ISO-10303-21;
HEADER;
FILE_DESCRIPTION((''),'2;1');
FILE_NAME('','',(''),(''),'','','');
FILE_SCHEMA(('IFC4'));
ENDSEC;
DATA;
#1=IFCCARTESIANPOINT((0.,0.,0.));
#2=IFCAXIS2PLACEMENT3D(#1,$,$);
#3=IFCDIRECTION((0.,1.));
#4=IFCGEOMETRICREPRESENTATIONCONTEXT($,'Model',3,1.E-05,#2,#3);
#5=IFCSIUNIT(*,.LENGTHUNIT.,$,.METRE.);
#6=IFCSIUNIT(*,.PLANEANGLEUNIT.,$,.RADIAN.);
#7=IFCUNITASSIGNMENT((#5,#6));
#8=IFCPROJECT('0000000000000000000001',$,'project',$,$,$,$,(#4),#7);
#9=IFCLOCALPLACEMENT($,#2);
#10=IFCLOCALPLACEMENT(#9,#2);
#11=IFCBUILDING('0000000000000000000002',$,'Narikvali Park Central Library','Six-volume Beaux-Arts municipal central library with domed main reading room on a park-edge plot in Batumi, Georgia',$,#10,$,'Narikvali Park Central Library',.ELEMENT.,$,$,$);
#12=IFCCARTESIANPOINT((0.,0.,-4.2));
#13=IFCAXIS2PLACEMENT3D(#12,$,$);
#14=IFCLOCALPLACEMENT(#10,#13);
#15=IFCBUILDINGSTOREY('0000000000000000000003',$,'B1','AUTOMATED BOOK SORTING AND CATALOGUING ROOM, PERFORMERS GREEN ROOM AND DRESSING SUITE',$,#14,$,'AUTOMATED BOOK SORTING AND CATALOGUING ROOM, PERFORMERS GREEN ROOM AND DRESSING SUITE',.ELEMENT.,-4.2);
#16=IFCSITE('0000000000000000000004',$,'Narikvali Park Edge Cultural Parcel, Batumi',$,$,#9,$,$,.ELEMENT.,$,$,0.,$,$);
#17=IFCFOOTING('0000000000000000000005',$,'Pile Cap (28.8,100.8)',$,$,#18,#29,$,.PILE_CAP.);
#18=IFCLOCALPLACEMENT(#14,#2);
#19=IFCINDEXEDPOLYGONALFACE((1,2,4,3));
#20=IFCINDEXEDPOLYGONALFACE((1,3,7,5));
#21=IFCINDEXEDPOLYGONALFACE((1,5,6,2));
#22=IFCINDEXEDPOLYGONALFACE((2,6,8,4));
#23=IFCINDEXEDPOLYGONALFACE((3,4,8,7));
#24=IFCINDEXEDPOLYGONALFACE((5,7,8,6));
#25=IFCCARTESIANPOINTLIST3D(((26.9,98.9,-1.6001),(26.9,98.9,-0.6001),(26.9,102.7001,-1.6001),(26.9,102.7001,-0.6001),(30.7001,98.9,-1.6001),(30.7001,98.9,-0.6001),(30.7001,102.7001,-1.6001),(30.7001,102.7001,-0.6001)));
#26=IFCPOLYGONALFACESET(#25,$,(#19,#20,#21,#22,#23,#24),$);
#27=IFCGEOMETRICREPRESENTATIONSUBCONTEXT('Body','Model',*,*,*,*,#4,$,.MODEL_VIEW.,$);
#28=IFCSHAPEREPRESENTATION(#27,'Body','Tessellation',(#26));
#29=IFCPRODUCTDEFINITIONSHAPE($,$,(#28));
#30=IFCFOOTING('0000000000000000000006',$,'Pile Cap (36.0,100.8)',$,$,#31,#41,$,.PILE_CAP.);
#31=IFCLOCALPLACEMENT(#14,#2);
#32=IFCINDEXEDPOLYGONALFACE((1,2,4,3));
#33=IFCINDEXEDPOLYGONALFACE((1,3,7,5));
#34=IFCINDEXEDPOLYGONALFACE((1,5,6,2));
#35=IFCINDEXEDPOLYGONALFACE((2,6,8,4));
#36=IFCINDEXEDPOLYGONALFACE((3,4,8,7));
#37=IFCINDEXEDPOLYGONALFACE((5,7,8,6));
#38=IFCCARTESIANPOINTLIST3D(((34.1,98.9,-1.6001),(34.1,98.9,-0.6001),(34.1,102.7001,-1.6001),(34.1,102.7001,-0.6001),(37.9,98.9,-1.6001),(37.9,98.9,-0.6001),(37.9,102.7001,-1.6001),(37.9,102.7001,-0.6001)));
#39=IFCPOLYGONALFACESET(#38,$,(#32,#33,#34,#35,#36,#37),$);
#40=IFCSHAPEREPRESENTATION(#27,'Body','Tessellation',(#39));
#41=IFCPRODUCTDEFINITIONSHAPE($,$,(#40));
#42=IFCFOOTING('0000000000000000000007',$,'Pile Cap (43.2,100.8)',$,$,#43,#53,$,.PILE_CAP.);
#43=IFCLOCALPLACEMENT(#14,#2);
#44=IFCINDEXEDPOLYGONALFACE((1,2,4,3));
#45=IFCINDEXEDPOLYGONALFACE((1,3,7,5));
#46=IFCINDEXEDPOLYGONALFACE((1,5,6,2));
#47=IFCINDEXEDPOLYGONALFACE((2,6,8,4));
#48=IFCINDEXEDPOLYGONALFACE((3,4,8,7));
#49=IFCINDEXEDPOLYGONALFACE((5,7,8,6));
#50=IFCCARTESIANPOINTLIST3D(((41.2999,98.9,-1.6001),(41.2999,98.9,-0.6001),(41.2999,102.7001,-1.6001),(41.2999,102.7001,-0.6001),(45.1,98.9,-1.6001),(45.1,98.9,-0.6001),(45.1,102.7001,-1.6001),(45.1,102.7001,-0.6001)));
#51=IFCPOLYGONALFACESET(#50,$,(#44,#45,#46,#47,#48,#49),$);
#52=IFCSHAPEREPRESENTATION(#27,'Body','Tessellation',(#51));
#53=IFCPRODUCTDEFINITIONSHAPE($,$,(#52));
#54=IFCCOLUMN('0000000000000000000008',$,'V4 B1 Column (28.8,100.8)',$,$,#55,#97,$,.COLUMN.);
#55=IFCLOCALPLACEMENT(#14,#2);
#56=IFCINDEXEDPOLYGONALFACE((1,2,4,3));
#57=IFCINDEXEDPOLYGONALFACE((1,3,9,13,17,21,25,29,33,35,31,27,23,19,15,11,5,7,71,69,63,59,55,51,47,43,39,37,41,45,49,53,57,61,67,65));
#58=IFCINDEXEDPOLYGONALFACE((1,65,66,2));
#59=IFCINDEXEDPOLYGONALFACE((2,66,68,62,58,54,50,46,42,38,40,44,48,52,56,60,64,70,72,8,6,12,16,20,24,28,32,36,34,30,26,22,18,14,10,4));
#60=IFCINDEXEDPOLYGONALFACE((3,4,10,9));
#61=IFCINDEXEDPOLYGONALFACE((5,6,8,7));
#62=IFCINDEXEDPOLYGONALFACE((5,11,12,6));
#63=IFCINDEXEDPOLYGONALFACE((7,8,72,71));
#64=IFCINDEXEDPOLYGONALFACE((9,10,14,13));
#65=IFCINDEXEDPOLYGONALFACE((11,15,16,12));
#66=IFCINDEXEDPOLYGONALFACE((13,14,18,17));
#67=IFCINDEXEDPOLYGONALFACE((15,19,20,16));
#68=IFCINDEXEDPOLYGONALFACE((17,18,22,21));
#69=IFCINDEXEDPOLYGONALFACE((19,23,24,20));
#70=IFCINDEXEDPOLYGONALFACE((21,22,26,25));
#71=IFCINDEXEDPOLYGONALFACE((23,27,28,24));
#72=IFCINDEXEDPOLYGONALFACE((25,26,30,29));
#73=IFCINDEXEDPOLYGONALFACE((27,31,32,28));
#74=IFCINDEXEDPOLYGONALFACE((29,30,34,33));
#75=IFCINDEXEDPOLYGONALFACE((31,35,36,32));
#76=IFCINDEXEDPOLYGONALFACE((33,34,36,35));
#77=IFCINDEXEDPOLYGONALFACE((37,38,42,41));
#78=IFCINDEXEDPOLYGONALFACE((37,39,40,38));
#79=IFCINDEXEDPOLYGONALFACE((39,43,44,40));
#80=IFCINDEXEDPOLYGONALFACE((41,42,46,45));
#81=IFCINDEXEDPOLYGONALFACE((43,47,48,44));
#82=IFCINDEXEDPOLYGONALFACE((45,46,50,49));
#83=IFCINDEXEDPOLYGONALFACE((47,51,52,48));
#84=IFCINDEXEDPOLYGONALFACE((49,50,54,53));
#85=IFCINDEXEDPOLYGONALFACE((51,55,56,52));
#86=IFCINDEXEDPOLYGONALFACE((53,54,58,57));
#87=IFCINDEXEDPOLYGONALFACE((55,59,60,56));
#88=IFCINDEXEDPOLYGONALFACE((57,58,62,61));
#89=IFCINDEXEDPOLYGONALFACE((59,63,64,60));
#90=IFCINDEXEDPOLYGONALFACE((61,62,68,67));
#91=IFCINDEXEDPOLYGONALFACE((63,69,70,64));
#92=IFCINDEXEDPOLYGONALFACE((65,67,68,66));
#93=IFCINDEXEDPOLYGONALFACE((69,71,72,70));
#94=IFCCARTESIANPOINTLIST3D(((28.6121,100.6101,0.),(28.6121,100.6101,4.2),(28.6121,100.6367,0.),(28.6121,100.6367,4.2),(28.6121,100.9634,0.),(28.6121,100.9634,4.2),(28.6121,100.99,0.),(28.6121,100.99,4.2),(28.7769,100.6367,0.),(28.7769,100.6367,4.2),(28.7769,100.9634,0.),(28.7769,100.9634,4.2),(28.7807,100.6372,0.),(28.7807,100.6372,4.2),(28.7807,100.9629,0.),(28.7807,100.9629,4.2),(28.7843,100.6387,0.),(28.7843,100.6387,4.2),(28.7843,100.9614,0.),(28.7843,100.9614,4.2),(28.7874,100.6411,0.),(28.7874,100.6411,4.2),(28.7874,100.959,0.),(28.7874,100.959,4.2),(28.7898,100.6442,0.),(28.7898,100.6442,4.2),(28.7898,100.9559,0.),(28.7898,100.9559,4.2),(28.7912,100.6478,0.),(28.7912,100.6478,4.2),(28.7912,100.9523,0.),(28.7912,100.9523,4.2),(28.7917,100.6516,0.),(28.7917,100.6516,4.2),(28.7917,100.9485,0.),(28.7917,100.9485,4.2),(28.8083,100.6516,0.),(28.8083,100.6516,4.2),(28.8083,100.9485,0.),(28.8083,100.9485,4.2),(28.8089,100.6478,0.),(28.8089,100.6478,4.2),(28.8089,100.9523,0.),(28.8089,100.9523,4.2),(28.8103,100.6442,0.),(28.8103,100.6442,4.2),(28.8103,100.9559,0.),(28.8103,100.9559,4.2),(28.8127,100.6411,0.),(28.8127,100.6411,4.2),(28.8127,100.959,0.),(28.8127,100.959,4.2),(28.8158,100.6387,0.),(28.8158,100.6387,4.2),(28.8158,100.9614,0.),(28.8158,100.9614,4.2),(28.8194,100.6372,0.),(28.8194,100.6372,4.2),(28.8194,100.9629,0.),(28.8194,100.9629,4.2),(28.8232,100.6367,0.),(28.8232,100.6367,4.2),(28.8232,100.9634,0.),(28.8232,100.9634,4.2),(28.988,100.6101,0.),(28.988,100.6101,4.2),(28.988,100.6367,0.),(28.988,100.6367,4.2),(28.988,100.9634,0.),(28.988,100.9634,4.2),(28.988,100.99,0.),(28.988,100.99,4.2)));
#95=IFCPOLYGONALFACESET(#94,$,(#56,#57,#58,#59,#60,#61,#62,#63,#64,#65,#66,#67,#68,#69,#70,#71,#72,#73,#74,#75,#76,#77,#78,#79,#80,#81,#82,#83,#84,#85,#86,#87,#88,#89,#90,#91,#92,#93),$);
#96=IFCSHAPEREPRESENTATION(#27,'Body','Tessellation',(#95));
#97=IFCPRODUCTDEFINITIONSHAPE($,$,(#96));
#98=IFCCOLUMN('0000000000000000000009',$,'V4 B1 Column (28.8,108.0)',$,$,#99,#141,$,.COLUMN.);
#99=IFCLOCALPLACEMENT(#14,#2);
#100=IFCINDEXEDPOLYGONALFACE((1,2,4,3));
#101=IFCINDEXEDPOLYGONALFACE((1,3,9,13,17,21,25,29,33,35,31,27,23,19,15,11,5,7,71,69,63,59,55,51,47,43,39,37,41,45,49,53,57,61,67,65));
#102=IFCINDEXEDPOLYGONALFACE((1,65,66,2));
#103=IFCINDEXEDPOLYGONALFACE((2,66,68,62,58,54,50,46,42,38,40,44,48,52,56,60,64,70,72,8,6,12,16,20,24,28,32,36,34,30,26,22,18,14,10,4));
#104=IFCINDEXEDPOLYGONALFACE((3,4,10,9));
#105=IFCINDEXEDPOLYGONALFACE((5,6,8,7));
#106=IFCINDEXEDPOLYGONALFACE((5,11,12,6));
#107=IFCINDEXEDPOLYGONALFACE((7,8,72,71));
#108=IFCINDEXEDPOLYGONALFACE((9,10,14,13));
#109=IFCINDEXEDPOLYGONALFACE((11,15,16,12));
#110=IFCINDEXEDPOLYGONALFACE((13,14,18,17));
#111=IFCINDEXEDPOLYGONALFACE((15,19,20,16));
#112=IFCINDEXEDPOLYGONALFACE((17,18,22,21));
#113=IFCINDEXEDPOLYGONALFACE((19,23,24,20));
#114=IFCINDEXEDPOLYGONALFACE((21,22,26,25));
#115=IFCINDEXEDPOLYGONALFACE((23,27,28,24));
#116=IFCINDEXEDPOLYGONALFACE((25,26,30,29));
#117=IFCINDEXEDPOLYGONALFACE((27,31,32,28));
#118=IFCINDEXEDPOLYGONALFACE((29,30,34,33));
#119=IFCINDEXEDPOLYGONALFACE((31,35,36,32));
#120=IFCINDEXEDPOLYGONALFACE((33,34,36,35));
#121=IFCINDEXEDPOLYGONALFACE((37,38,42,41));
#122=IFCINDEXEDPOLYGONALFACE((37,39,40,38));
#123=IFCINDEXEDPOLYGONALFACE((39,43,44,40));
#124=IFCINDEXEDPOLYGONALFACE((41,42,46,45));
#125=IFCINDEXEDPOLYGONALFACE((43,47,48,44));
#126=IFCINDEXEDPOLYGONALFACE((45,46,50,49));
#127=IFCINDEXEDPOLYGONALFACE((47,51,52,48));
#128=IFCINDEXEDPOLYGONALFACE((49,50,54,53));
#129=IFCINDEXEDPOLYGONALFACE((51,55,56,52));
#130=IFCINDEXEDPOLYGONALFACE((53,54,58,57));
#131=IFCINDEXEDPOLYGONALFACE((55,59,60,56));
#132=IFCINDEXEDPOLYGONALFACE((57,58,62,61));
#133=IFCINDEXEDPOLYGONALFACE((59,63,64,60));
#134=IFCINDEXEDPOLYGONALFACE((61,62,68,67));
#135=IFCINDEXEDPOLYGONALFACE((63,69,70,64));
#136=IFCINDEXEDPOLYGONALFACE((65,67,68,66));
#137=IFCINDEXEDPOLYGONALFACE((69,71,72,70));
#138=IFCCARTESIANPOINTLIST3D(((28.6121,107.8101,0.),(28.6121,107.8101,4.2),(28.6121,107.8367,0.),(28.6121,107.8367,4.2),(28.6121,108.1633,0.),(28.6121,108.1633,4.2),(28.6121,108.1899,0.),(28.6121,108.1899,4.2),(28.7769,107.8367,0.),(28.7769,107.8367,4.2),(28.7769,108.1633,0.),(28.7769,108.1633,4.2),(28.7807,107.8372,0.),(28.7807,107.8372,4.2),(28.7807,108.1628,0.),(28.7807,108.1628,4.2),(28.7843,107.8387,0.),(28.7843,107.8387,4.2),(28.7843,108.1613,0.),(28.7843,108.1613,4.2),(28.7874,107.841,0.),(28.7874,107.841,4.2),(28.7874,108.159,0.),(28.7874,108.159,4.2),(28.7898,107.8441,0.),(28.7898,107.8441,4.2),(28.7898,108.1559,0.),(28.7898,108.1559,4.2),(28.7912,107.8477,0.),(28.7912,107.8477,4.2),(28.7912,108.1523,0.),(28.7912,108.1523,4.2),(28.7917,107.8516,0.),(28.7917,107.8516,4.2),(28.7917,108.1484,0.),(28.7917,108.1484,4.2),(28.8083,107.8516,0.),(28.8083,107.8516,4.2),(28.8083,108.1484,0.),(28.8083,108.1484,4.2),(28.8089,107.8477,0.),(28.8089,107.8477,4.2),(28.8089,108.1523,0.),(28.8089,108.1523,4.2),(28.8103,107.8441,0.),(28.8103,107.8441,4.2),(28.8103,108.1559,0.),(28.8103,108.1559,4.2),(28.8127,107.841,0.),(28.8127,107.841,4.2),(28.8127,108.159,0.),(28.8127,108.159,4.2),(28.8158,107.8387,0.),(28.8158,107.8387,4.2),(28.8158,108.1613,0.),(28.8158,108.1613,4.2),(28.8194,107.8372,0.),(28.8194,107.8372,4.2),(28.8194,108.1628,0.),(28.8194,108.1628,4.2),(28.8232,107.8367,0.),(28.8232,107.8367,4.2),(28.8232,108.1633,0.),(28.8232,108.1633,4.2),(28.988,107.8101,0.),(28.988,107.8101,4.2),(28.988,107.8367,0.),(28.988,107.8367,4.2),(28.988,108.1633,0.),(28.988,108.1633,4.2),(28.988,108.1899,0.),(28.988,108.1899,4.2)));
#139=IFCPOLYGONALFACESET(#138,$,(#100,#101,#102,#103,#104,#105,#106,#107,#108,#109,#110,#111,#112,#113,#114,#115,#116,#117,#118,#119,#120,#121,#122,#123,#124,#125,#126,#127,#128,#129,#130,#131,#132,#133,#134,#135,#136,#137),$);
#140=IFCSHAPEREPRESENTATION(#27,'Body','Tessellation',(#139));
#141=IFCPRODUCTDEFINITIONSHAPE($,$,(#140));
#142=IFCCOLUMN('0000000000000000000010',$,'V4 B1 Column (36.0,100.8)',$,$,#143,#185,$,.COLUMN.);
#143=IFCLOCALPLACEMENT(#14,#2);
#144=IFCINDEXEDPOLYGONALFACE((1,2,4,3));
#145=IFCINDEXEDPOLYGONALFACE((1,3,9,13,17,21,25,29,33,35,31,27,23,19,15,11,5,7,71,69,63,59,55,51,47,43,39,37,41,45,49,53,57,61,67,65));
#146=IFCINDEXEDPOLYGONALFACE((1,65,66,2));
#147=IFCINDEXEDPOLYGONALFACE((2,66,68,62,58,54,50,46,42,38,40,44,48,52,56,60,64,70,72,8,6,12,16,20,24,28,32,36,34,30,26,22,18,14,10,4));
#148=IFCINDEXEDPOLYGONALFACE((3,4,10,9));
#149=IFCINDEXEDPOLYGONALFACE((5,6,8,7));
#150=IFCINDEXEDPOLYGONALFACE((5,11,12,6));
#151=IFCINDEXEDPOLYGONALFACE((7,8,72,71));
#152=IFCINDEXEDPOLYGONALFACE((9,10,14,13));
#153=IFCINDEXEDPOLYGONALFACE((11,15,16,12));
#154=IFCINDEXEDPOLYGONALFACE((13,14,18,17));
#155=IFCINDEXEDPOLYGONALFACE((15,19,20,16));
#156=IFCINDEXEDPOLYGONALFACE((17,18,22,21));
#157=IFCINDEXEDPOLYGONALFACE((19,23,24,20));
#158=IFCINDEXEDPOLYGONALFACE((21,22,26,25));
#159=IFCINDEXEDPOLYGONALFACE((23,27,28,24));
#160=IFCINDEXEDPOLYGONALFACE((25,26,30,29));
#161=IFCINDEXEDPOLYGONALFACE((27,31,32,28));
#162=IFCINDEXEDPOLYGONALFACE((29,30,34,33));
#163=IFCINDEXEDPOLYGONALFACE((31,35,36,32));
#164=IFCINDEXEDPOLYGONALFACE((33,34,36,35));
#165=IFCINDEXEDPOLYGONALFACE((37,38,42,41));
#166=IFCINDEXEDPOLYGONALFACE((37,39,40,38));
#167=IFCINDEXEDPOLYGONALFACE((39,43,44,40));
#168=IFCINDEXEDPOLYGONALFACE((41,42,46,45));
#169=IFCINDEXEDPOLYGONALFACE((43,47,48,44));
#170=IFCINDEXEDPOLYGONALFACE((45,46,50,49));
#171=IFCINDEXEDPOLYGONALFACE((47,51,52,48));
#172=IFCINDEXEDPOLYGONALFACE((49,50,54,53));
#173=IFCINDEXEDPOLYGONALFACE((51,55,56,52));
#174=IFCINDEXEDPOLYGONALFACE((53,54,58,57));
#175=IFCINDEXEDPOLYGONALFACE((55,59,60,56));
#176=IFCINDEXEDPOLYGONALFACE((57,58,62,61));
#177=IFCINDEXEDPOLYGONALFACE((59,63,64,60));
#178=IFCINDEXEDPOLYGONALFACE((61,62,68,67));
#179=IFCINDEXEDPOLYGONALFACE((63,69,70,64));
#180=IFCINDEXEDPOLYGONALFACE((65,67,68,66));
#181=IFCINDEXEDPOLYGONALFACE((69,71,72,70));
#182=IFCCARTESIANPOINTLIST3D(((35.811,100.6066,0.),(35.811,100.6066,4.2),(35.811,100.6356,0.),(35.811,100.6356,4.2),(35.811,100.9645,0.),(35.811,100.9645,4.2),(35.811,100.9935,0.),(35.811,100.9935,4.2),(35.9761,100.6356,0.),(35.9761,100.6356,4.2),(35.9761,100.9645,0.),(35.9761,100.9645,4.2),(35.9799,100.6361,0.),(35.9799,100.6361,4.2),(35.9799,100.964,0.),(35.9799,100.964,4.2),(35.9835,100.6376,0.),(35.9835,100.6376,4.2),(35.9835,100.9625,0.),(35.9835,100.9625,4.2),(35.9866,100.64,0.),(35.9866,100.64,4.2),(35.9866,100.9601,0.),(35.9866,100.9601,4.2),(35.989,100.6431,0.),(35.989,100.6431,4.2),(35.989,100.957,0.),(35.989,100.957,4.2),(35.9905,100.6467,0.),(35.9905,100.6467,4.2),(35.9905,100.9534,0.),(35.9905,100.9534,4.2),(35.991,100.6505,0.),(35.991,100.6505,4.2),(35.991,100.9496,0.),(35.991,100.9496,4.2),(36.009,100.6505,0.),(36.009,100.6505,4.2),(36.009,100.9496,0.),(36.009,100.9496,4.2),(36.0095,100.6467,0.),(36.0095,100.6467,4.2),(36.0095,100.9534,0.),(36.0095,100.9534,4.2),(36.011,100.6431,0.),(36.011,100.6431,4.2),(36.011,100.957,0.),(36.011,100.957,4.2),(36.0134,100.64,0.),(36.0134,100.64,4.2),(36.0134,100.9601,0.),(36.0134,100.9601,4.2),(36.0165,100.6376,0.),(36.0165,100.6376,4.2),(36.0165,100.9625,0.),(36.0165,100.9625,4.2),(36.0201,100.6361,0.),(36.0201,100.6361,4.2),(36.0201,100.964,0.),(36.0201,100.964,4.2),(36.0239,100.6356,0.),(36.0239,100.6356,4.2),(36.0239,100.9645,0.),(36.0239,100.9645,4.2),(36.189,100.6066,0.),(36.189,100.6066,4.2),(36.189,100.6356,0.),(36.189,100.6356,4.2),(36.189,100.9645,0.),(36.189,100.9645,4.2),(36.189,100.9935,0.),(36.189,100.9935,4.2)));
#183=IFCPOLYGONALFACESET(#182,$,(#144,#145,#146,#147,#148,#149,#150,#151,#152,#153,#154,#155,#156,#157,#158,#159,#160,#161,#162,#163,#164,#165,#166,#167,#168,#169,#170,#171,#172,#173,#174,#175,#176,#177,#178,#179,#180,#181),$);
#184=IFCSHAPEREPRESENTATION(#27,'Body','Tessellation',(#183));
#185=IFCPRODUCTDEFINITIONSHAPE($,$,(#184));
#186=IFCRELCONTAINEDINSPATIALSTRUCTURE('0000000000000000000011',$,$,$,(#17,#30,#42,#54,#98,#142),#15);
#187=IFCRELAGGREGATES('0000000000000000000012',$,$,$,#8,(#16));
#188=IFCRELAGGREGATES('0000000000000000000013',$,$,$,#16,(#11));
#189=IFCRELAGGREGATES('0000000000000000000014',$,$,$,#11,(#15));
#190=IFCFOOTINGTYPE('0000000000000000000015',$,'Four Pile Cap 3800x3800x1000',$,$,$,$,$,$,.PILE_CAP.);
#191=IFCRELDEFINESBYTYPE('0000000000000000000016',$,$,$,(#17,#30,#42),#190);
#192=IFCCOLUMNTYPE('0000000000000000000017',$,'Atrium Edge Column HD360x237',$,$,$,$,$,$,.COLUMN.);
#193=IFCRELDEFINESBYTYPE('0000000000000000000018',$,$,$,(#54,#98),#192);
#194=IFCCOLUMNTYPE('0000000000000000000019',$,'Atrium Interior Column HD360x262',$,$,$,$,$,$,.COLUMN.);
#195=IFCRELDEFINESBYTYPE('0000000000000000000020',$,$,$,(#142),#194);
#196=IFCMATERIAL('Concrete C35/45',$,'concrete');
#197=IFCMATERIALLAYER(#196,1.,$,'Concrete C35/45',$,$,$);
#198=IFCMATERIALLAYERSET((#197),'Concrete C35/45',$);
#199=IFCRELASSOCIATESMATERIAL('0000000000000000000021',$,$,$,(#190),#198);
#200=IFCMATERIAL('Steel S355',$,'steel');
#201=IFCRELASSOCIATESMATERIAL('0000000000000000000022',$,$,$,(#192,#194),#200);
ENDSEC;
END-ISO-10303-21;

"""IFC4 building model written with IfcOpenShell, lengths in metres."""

from ifc_helpers import new_model, si_unit, direction, frame, origin, origin_2d, place, context, subcontext, project, spatial, rectangle, i_section, extrude, material, layer, layer_set, material_profile, profile_set, type_object, element, save


model = new_model("IFC4")

# Units and contexts
model_context = context("Model", 3, precision=1e-05, world=origin(), true_north=direction((0.0, 1.0)))
body_context = subcontext(model_context, "Body", "Model", "MODEL_VIEW")
ifc_project = project(units=[si_unit("LENGTHUNIT", "METRE"), si_unit("PLANEANGLEUNIT", "RADIAN")], contexts=[model_context])

# Site, building, storey
site_placement = place(None, origin())
site = spatial("IfcSite", under=ifc_project, at=site_placement, Name="Narikvali Park Edge Cultural Parcel, Batumi", CompositionType="ELEMENT", RefElevation=0.0)
building_placement = place(site_placement, origin())
building = spatial("IfcBuilding", under=site, at=building_placement, Name="Narikvali Park Central Library", Description="Six-volume Beaux-Arts municipal central library with domed main reading room on a park-edge plot in Batumi, Georgia", LongName="Narikvali Park Central Library", CompositionType="ELEMENT")
storey_placement = place(building_placement, frame((0.0, 0.0, -4.2)))
storey = spatial("IfcBuildingStorey", under=building, at=storey_placement, Name="B1", Description="AUTOMATED BOOK SORTING AND CATALOGUING ROOM, PERFORMERS GREEN ROOM AND DRESSING SUITE", LongName="AUTOMATED BOOK SORTING AND CATALOGUING ROOM, PERFORMERS GREEN ROOM AND DRESSING SUITE", CompositionType="ELEMENT", Elevation=-4.2)

# Shared definitions
ifc_material_1 = material(Name="Concrete C35/45", Category="concrete")

# Footings
ifc_layer_1 = layer(ifc_material_1, 1.0, Name="Concrete C35/45")
ifc_layer_set_1 = layer_set([ifc_layer_1], Name="Concrete C35/45")
footing_type_1 = type_object("IfcFootingType", Name="Four Pile Cap 3800x3800x1000", PredefinedType="PILE_CAP", material=ifc_layer_set_1)
for number, where, z_axis, x_axis, name in (
    (1, (28.8, 100.8, -1.6001), (0.0, 0.0, 1.0), (1.0, 0.0, 0.0), "Pile Cap (28.8,100.8)"),
    (2, (36.0, 100.8, -1.6001), (0.0, 0.0, 1.0), (1.0, 0.0, 0.0), "Pile Cap (36.0,100.8)"),
    (3, (43.2, 100.8, -1.6001), (0.0, 0.0, 1.0), (1.0, 0.0, 0.0), "Pile Cap (43.2,100.8)"),
):
    element("IfcFooting", number, at=place(storey_placement, frame(where, z_axis=z_axis, x_axis=x_axis)), inside=storey, type_object=footing_type_1, Name=name, PredefinedType="PILE_CAP", context=body_context, shape_type="SweptSolid", body=[
        extrude(rectangle(XDim=3.8, YDim=3.8, at=origin_2d()), origin(), (0.0, 0.0, 1.0), 1.0),
    ])

# Columns
ifc_material_2 = material(Name="Steel S355", Category="steel")
ifc_material_profile_1 = material_profile(ifc_material_2, i_section(OverallWidth=0.376, OverallDepth=0.3799, WebThickness=0.0166, FlangeThickness=0.0266, FilletRadius=0.0149, at=origin_2d()), Name="HD 360x237")
ifc_profile_set_1 = profile_set([ifc_material_profile_1], Name="Steel S355")
column_type_1 = type_object("IfcColumnType", Name="Atrium Edge Column HD360x237", PredefinedType="COLUMN", material=ifc_profile_set_1)
for number, where, z_axis, x_axis, name in (
    (4, (28.8, 100.8, 0.0), (0.0, 0.0, 1.0), (1.0, 0.0, 0.0), "V4 B1 Column (28.8,100.8)"),
    (5, (28.8, 108.0, 0.0), (0.0, 0.0, 1.0), (1.0, 0.0, 0.0), "V4 B1 Column (28.8,108.0)"),
):
    element("IfcColumn", number, at=place(storey_placement, frame(where, z_axis=z_axis, x_axis=x_axis)), inside=storey, type_object=column_type_1, Name=name, PredefinedType="COLUMN", context=body_context, shape_type="SweptSolid", body=[
        extrude(i_section(OverallWidth=0.376, OverallDepth=0.3799, WebThickness=0.0166, FlangeThickness=0.0266, FilletRadius=0.0149, at=origin_2d()), origin(), (0.0, 0.0, 1.0), 4.2),
    ])
ifc_material_profile_2 = material_profile(ifc_material_2, i_section(OverallWidth=0.3779, OverallDepth=0.387, WebThickness=0.0181, FlangeThickness=0.0291, FilletRadius=0.0149, at=origin_2d()), Name="HD 360x262")
ifc_profile_set_2 = profile_set([ifc_material_profile_2], Name="Steel S355")
column_type_2 = type_object("IfcColumnType", Name="Atrium Interior Column HD360x262", PredefinedType="COLUMN", material=ifc_profile_set_2)
for number, where, z_axis, x_axis, name in (
    (6, (36.0, 100.8, 0.0), (0.0, 0.0, 1.0), (1.0, 0.0, 0.0), "V4 B1 Column (36.0,100.8)"),
):
    element("IfcColumn", number, at=place(storey_placement, frame(where, z_axis=z_axis, x_axis=x_axis)), inside=storey, type_object=column_type_2, Name=name, PredefinedType="COLUMN", context=body_context, shape_type="SweptSolid", body=[
        extrude(i_section(OverallWidth=0.3779, OverallDepth=0.387, WebThickness=0.0181, FlangeThickness=0.0291, FilletRadius=0.0149, at=origin_2d()), origin(), (0.0, 0.0, 1.0), 4.2),
    ])

save(model, "model.ifc")
